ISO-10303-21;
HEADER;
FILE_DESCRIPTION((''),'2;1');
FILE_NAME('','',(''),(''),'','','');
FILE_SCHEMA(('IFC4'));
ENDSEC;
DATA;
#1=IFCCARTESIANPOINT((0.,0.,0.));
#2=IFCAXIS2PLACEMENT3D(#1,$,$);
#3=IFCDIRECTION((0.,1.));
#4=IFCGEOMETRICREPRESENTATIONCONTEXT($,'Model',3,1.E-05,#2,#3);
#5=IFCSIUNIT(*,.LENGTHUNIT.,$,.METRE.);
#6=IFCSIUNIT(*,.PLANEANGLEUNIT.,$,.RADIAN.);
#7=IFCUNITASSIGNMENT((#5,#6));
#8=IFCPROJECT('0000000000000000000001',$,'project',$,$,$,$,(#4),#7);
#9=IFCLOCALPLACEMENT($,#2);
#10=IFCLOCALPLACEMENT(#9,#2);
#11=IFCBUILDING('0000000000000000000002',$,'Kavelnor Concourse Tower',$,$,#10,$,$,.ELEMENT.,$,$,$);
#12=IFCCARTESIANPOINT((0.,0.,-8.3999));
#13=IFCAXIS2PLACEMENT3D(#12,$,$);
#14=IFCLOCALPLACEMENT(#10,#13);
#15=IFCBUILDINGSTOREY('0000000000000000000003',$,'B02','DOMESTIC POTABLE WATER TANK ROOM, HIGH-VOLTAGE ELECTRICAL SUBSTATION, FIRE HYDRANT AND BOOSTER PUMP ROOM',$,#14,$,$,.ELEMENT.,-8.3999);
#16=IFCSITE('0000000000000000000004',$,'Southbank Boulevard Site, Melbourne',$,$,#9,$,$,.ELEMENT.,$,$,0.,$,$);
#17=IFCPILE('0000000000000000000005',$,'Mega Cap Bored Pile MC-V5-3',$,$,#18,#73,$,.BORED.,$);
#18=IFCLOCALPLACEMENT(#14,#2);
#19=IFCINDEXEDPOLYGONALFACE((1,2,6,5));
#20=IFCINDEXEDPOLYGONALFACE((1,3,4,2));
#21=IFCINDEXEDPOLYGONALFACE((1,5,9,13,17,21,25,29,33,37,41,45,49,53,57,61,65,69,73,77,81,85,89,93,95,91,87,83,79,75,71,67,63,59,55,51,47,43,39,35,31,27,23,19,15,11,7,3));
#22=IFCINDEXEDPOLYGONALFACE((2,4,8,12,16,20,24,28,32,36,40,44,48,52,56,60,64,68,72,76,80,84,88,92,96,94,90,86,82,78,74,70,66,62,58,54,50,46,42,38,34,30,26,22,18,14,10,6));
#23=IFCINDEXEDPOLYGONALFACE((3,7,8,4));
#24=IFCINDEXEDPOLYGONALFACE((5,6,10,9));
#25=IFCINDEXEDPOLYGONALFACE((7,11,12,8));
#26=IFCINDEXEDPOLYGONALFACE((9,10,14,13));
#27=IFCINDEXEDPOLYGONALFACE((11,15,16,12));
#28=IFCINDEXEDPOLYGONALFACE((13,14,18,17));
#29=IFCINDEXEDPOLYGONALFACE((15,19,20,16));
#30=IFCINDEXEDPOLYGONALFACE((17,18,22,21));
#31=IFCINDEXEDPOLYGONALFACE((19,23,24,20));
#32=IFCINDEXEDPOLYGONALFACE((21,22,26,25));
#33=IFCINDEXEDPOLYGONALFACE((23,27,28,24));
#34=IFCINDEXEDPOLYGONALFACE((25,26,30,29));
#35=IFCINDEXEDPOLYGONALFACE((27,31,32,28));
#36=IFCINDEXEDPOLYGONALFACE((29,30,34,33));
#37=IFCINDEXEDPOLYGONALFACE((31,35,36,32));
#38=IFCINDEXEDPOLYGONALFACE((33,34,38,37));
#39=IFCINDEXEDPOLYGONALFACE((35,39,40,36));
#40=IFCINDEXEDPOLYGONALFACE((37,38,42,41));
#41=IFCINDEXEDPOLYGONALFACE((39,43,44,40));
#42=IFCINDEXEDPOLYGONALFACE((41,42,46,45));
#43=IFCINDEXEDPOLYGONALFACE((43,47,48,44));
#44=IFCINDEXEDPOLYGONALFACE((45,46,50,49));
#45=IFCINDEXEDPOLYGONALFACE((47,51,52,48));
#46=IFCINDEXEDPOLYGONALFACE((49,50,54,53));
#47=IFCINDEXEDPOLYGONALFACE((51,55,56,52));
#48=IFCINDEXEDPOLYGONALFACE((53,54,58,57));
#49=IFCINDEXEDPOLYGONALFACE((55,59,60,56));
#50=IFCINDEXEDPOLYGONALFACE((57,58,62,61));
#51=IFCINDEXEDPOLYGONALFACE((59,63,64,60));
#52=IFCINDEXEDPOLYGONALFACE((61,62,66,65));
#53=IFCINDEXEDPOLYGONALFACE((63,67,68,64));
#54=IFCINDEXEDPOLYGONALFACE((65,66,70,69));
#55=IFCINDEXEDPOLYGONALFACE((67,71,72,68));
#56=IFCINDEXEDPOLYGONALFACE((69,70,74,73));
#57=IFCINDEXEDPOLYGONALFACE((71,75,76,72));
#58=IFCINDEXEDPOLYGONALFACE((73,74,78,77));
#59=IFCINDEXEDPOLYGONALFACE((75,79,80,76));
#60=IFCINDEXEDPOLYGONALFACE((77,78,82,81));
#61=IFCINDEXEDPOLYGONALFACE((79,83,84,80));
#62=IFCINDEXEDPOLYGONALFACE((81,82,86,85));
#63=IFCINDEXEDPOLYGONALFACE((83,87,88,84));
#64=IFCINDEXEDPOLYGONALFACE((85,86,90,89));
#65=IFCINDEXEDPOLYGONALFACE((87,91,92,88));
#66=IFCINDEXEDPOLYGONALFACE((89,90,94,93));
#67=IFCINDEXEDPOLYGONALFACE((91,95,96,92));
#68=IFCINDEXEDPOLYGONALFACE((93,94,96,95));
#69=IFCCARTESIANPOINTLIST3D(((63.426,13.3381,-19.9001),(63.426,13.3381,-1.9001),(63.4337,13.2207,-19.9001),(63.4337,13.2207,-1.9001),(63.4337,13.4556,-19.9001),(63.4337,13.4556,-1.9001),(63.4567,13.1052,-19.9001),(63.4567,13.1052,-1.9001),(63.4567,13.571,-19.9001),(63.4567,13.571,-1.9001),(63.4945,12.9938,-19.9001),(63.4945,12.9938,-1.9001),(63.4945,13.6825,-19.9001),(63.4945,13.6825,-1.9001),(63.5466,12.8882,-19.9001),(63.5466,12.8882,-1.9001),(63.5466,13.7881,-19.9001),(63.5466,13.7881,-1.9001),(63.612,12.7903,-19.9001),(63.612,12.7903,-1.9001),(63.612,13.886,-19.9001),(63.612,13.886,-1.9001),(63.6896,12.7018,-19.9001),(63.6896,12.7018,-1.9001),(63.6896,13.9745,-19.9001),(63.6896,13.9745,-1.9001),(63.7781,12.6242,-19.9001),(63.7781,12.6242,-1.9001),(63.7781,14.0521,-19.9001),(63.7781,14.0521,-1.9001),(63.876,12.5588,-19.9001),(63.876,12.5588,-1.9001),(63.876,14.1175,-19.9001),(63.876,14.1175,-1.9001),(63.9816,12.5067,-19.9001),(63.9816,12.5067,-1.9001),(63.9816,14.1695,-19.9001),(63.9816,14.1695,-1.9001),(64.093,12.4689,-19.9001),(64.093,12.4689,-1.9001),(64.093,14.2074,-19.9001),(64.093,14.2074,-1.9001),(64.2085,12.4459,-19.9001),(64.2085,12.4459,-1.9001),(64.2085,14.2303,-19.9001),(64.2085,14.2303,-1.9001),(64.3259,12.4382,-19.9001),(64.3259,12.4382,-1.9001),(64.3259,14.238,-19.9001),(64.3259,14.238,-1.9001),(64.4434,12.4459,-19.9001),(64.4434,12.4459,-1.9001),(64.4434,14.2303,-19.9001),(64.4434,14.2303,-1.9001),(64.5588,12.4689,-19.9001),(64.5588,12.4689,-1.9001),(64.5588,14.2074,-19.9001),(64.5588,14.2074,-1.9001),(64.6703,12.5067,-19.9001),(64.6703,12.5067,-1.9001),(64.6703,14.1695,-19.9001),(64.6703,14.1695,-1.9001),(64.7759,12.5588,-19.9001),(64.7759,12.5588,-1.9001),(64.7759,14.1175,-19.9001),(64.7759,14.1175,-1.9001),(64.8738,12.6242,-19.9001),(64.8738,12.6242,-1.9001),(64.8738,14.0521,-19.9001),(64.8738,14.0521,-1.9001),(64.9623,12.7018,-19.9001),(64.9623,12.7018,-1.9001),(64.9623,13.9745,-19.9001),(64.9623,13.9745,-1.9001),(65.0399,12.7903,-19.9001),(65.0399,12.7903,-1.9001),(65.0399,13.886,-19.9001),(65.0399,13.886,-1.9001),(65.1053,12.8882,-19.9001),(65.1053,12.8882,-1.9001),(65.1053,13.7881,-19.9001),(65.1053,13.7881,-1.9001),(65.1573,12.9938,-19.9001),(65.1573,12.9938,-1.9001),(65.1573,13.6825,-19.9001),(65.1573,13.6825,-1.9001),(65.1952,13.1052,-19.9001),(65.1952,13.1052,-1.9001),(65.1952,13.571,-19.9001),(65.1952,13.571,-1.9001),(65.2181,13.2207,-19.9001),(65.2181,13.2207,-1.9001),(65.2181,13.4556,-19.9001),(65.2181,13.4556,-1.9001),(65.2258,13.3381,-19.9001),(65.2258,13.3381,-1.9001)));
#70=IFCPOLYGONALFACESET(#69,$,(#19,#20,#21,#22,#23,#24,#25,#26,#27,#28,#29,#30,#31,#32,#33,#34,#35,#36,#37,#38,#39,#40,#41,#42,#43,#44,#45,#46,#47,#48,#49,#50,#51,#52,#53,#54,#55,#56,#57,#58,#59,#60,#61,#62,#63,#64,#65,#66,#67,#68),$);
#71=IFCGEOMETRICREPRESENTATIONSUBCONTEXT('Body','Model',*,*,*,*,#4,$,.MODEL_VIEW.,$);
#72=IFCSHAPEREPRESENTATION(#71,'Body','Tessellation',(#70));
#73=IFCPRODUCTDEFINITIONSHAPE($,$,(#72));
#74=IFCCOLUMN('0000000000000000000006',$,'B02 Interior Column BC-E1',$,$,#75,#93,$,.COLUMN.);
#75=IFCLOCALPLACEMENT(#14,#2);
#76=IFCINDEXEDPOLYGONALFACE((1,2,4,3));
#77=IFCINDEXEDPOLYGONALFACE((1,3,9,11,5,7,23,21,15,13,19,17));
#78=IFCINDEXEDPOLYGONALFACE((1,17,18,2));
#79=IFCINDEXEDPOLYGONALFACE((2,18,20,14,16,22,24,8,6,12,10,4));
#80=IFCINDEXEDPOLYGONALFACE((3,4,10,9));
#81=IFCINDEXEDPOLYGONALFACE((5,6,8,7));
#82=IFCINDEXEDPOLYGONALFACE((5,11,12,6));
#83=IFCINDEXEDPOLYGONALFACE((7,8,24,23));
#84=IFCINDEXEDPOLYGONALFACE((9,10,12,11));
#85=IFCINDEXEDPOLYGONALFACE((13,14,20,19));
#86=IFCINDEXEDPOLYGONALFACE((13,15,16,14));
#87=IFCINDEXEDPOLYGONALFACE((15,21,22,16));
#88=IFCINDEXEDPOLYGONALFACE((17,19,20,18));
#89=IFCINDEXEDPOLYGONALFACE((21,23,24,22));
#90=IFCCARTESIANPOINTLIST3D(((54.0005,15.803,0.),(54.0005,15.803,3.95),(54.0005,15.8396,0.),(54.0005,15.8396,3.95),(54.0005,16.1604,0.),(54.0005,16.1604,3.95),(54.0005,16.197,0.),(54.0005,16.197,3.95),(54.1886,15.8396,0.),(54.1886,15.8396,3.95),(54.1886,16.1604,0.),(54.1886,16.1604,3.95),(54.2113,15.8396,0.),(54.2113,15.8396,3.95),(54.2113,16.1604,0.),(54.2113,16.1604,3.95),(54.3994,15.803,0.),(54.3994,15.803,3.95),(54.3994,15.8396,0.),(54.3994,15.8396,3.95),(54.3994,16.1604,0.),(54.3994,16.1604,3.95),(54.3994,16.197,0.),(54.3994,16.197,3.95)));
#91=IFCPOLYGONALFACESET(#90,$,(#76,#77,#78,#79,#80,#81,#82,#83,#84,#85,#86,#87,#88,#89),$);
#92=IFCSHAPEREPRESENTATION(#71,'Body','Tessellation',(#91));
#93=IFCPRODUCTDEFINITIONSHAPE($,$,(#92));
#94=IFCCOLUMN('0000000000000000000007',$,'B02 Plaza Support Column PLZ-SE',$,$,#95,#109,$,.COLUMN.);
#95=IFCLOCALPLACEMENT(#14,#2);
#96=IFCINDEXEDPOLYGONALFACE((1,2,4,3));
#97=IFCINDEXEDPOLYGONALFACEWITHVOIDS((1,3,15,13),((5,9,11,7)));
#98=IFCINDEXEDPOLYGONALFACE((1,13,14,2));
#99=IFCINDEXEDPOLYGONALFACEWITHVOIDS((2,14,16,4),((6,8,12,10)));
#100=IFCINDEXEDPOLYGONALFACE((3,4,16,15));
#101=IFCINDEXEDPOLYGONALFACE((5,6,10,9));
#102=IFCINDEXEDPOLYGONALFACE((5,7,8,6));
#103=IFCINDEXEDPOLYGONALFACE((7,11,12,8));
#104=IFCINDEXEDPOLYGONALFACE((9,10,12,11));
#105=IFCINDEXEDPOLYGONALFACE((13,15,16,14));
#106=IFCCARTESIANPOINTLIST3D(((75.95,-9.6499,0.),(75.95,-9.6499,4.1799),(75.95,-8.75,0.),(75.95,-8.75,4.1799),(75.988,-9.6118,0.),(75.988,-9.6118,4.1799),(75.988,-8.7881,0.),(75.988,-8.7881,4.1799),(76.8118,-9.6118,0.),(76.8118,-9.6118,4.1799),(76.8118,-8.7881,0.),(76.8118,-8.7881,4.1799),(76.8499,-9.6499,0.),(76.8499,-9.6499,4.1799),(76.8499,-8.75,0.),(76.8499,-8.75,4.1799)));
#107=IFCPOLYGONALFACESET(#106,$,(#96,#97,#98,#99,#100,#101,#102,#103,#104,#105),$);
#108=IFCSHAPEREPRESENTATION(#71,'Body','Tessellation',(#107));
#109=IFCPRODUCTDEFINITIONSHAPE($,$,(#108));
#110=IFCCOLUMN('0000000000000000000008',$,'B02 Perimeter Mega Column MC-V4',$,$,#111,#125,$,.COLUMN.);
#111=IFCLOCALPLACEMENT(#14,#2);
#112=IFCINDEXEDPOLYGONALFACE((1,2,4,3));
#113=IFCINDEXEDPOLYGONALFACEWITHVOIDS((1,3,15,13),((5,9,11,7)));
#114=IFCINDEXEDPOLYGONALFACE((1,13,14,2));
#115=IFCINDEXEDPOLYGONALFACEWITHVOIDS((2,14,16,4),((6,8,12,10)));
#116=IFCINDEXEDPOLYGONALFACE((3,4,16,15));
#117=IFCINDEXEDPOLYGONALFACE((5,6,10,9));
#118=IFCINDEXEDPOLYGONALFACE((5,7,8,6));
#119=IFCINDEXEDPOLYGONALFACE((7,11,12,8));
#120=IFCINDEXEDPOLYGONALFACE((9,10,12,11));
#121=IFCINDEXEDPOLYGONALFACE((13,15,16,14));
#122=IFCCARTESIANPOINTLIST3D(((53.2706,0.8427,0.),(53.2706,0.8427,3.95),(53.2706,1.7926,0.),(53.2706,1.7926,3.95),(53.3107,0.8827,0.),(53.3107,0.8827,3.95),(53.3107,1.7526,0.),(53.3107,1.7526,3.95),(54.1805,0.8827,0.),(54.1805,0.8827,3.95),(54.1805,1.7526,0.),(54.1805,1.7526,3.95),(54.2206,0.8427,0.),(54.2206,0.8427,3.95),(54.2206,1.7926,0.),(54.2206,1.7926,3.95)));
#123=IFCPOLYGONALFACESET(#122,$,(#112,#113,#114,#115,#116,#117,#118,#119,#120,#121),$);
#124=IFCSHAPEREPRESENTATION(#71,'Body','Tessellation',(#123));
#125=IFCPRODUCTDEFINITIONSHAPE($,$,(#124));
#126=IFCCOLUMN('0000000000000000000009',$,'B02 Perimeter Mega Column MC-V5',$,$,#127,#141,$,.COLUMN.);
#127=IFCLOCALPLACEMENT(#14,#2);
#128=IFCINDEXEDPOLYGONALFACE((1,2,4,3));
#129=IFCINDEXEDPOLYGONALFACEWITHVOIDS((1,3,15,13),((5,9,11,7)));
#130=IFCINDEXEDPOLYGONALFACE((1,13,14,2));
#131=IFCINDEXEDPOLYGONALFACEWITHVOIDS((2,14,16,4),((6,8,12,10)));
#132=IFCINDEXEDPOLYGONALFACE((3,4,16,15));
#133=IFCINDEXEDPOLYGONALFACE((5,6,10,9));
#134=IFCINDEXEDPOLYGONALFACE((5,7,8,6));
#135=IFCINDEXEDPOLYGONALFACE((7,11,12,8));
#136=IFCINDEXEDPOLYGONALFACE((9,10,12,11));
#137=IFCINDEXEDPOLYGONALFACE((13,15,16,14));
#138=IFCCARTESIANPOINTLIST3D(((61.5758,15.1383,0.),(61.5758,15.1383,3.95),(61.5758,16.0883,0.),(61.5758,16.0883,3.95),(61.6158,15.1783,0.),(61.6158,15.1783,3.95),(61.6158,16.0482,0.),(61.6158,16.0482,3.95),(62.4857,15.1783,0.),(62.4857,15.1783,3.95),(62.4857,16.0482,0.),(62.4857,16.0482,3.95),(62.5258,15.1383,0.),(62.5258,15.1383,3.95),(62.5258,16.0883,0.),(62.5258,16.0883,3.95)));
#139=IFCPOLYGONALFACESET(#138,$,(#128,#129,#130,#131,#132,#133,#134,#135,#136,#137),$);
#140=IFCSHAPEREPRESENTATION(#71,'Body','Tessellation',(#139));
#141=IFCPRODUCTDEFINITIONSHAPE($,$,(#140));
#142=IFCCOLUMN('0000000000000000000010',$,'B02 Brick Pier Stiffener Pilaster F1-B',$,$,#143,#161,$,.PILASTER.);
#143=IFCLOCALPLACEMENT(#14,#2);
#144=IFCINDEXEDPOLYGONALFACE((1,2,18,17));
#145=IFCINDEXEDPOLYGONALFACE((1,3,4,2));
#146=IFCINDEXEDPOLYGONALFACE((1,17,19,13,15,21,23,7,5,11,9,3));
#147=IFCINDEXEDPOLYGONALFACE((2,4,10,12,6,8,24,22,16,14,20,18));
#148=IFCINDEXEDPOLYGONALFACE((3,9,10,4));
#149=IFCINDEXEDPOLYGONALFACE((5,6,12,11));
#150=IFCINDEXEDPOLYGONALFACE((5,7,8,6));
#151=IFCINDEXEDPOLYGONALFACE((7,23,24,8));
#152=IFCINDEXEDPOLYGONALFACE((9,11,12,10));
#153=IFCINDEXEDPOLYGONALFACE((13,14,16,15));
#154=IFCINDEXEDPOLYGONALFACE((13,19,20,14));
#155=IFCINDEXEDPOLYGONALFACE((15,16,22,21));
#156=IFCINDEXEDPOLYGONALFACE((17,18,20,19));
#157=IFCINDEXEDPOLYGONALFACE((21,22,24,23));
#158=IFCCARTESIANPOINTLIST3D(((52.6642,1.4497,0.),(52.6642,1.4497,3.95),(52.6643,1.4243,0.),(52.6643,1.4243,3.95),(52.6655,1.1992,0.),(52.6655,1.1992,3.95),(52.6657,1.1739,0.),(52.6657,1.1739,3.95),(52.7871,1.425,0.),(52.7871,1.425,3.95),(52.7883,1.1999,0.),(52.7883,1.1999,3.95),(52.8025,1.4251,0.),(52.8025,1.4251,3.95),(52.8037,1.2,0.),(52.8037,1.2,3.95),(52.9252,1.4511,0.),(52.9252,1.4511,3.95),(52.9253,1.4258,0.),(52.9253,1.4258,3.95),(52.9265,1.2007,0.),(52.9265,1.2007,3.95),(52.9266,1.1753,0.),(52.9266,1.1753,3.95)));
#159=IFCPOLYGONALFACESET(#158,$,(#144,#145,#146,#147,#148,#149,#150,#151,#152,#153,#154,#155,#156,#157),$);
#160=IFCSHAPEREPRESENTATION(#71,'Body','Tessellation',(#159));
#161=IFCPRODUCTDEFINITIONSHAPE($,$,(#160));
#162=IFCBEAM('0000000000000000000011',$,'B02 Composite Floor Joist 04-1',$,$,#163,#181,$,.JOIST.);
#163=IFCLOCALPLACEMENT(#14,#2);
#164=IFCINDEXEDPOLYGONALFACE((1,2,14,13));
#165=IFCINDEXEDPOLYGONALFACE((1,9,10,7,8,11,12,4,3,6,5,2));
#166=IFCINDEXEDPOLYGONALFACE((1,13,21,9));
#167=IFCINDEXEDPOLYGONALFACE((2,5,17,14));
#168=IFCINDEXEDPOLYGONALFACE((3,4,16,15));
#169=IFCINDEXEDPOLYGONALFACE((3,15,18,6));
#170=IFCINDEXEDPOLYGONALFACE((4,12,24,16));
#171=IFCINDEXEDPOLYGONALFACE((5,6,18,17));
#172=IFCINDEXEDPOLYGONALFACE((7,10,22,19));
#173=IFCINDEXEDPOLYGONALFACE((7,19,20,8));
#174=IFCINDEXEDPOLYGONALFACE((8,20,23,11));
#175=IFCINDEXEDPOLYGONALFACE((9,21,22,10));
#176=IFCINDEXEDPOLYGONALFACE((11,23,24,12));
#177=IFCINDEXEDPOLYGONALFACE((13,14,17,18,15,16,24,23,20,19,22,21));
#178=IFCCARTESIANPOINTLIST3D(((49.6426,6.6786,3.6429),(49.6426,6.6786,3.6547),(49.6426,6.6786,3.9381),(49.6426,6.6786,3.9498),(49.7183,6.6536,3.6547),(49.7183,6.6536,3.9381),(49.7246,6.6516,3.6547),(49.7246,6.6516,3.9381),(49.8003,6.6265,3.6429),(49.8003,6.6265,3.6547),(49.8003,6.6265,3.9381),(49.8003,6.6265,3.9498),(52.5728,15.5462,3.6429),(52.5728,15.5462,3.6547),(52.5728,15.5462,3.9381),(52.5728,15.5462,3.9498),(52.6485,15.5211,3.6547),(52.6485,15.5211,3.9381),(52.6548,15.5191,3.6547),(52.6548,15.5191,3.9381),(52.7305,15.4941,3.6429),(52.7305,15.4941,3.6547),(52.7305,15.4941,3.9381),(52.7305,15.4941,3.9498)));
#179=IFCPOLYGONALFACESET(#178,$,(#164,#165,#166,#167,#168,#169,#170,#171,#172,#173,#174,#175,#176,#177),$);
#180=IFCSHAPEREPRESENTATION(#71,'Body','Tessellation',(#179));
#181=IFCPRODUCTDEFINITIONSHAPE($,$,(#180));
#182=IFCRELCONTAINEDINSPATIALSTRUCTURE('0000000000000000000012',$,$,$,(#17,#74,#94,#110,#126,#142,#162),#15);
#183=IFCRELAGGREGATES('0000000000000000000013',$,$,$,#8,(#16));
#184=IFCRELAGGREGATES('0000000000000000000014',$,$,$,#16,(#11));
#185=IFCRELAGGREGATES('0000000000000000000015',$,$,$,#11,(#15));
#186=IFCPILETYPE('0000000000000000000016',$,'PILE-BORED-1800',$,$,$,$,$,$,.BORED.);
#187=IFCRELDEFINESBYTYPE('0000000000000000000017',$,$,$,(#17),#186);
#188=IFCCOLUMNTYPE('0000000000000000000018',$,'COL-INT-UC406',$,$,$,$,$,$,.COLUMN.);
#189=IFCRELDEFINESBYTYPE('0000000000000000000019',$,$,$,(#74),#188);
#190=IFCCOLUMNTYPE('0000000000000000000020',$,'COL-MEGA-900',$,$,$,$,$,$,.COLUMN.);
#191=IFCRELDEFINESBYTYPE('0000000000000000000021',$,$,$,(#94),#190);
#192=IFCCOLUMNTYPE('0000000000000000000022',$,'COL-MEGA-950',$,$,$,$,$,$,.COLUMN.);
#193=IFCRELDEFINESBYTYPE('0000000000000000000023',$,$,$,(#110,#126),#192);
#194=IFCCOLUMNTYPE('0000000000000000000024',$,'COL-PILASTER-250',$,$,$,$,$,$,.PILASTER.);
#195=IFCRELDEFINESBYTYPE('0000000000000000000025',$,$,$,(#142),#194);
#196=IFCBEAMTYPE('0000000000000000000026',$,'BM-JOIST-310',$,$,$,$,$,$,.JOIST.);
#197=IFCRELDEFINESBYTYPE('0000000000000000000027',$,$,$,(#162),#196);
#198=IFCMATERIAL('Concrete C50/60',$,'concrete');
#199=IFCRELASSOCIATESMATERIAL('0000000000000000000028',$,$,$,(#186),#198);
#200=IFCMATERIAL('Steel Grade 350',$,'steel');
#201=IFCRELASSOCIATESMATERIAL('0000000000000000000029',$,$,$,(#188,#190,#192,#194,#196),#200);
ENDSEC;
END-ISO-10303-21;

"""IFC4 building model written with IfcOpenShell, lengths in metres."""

from ifc_helpers import new_model, si_unit, direction, frame, origin, origin_2d, place, context, subcontext, project, spatial, hollow_rectangle, circle, i_section, extrude, material, material_profile, profile_set, type_object, element, save


model = new_model("IFC4")

# Units and contexts
model_context = context("Model", 3, precision=1e-05, world=origin(), true_north=direction((0.0, 1.0)))
body_context = subcontext(model_context, "Body", "Model", "MODEL_VIEW")
ifc_project = project(units=[si_unit("LENGTHUNIT", "METRE"), si_unit("PLANEANGLEUNIT", "RADIAN")], contexts=[model_context])

# Site, building, storey
site_placement = place(None, origin())
site = spatial("IfcSite", under=ifc_project, at=site_placement, Name="Southbank Boulevard Site, Melbourne", CompositionType="ELEMENT", RefElevation=0.0)
building_placement = place(site_placement, origin())
building = spatial("IfcBuilding", under=site, at=building_placement, Name="Kavelnor Concourse Tower", CompositionType="ELEMENT")
storey_placement = place(building_placement, frame((0.0, 0.0, -8.3999)))
storey = spatial("IfcBuildingStorey", under=building, at=storey_placement, Name="B02", Description="DOMESTIC POTABLE WATER TANK ROOM, HIGH-VOLTAGE ELECTRICAL SUBSTATION, FIRE HYDRANT AND BOOSTER PUMP ROOM", CompositionType="ELEMENT", Elevation=-8.3999)

# Shared definitions
ifc_material_1 = material(Name="Concrete C50/60", Category="concrete")

# Pile
ifc_material_profile_1 = material_profile(ifc_material_1, circle(Radius=0.8999, at=origin_2d()), Name="PILE-D1800")
ifc_profile_set_1 = profile_set([ifc_material_profile_1], Name="Concrete C50/60")
pile_type_1 = type_object("IfcPileType", Name="PILE-BORED-1800", PredefinedType="BORED", material=ifc_profile_set_1)
for number, where, z_axis, x_axis, name in (
    (1, (64.3259, 13.3381, -1.9001), (0.0, 0.0, -1.0), (1.0, 0.0, 0.0), "Mega Cap Bored Pile MC-V5-3"),
):
    element("IfcPile", number, at=place(storey_placement, frame(where, z_axis=z_axis, x_axis=x_axis)), inside=storey, type_object=pile_type_1, Name=name, PredefinedType="BORED", context=body_context, shape_type="SweptSolid", body=[
        extrude(circle(Radius=0.8999, at=origin_2d()), origin(), (0.0, 0.0, 1.0), 18.0),
    ])

# Columns
ifc_material_2 = material(Name="Steel Grade 350", Category="steel")
ifc_material_profile_2 = material_profile(ifc_material_2, i_section(OverallWidth=0.3989, OverallDepth=0.394, WebThickness=0.0227, FlangeThickness=0.0366, at=origin_2d()), Name="UC 356x406x287")
ifc_profile_set_2 = profile_set([ifc_material_profile_2], Name="Steel Grade 350")
column_type_1 = type_object("IfcColumnType", Name="COL-INT-UC406", PredefinedType="COLUMN", material=ifc_profile_set_2)
column_1_placement = place(storey_placement, frame((54.2, 16.0, 0.0), z_axis=(0.0, 0.0, 1.0), x_axis=(1.0, 0.0, 0.0)))
element("IfcColumn", 2, at=column_1_placement, inside=storey, type_object=column_type_1, Name="B02 Interior Column BC-E1", PredefinedType="COLUMN", context=body_context, shape_type="SweptSolid", body=[
    extrude(i_section(OverallWidth=0.3989, OverallDepth=0.394, WebThickness=0.0227, FlangeThickness=0.0366, at=origin_2d()), origin(), (0.0, 0.0, 1.0), 3.95),
])
ifc_material_profile_3 = material_profile(ifc_material_2, hollow_rectangle(XDim=0.8999, YDim=0.8999, WallThickness=0.0381, at=origin_2d()), Name="SHS 900x900x38")
ifc_profile_set_3 = profile_set([ifc_material_profile_3], Name="Steel Grade 350")
column_type_2 = type_object("IfcColumnType", Name="COL-MEGA-900", PredefinedType="COLUMN", material=ifc_profile_set_3)
column_2_placement = place(storey_placement, frame((76.3999, -9.2, 0.0), z_axis=(0.0, 0.0, 1.0), x_axis=(1.0, 0.0, 0.0)))
element("IfcColumn", 3, at=column_2_placement, inside=storey, type_object=column_type_2, Name="B02 Plaza Support Column PLZ-SE", PredefinedType="COLUMN", context=body_context, shape_type="SweptSolid", body=[
    extrude(hollow_rectangle(XDim=0.8999, YDim=0.8999, WallThickness=0.0381, at=origin_2d()), origin(), (0.0, 0.0, 1.0), 4.1799),
])
ifc_material_profile_4 = material_profile(ifc_material_2, hollow_rectangle(XDim=0.95, YDim=0.95, WallThickness=0.04, at=origin_2d()), Name="SHS 950x950x40")
ifc_profile_set_4 = profile_set([ifc_material_profile_4], Name="Steel Grade 350")
column_type_3 = type_object("IfcColumnType", Name="COL-MEGA-950", PredefinedType="COLUMN", material=ifc_profile_set_4)
for number, where, z_axis, x_axis, name in (
    (4, (53.7456, 1.3176, 0.0), (0.0, 0.0, 1.0), (1.0, 0.0, 0.0), "B02 Perimeter Mega Column MC-V4"),
    (5, (62.0508, 15.6133, 0.0), (0.0, 0.0, 1.0), (1.0, 0.0, 0.0), "B02 Perimeter Mega Column MC-V5"),
):
    element("IfcColumn", number, at=place(storey_placement, frame(where, z_axis=z_axis, x_axis=x_axis)), inside=storey, type_object=column_type_3, Name=name, PredefinedType="COLUMN", context=body_context, shape_type="SweptSolid", body=[
        extrude(hollow_rectangle(XDim=0.95, YDim=0.95, WallThickness=0.04, at=origin_2d()), origin(), (0.0, 0.0, 1.0), 3.95),
    ])
ifc_material_profile_5 = material_profile(ifc_material_2, i_section(OverallWidth=0.261, OverallDepth=0.2759, WebThickness=0.0154, FlangeThickness=0.0254, at=origin_2d()), Name="UC 254x254x132")
ifc_profile_set_5 = profile_set([ifc_material_profile_5], Name="Steel Grade 350")
column_type_4 = type_object("IfcColumnType", Name="COL-PILASTER-250", PredefinedType="PILASTER", material=ifc_profile_set_5)
column_3_placement = place(storey_placement, frame((52.7954, 1.3125, 0.0), z_axis=(0.0, 0.0, 1.0), x_axis=(0.999985, 0.00541, 0.0)))
element("IfcColumn", 6, at=column_3_placement, inside=storey, type_object=column_type_4, Name="B02 Brick Pier Stiffener Pilaster F1-B", PredefinedType="PILASTER", context=body_context, shape_type="SweptSolid", body=[
    extrude(i_section(OverallWidth=0.261, OverallDepth=0.2759, WebThickness=0.0154, FlangeThickness=0.0254, at=origin_2d()), origin(), (0.0, 0.0, 1.0), 3.95),
])

# Beam
ifc_material_profile_6 = material_profile(ifc_material_2, i_section(OverallWidth=0.166, OverallDepth=0.3069, WebThickness=0.0066, FlangeThickness=0.0117, at=origin_2d()), Name="310UB46")
ifc_profile_set_6 = profile_set([ifc_material_profile_6], Name="Steel Grade 350")
beam_type_1 = type_object("IfcBeamType", Name="BM-JOIST-310", PredefinedType="JOIST", material=ifc_profile_set_6)
beam_1_placement = place(storey_placement, frame((49.7214, 6.6526, 3.7964), z_axis=(0.313756, 0.949504, 0.0), x_axis=(-0.949504, 0.313756, 0.0)))
element("IfcBeam", 7, at=beam_1_placement, inside=storey, type_object=beam_type_1, Name="B02 Composite Floor Joist 04-1", PredefinedType="JOIST", context=body_context, shape_type="SweptSolid", body=[
    extrude(i_section(OverallWidth=0.166, OverallDepth=0.3069, WebThickness=0.0066, FlangeThickness=0.0117, at=origin_2d()), origin(), (0.0, 0.0, 1.0), 9.3391),
])

save(model, "model.ifc")
